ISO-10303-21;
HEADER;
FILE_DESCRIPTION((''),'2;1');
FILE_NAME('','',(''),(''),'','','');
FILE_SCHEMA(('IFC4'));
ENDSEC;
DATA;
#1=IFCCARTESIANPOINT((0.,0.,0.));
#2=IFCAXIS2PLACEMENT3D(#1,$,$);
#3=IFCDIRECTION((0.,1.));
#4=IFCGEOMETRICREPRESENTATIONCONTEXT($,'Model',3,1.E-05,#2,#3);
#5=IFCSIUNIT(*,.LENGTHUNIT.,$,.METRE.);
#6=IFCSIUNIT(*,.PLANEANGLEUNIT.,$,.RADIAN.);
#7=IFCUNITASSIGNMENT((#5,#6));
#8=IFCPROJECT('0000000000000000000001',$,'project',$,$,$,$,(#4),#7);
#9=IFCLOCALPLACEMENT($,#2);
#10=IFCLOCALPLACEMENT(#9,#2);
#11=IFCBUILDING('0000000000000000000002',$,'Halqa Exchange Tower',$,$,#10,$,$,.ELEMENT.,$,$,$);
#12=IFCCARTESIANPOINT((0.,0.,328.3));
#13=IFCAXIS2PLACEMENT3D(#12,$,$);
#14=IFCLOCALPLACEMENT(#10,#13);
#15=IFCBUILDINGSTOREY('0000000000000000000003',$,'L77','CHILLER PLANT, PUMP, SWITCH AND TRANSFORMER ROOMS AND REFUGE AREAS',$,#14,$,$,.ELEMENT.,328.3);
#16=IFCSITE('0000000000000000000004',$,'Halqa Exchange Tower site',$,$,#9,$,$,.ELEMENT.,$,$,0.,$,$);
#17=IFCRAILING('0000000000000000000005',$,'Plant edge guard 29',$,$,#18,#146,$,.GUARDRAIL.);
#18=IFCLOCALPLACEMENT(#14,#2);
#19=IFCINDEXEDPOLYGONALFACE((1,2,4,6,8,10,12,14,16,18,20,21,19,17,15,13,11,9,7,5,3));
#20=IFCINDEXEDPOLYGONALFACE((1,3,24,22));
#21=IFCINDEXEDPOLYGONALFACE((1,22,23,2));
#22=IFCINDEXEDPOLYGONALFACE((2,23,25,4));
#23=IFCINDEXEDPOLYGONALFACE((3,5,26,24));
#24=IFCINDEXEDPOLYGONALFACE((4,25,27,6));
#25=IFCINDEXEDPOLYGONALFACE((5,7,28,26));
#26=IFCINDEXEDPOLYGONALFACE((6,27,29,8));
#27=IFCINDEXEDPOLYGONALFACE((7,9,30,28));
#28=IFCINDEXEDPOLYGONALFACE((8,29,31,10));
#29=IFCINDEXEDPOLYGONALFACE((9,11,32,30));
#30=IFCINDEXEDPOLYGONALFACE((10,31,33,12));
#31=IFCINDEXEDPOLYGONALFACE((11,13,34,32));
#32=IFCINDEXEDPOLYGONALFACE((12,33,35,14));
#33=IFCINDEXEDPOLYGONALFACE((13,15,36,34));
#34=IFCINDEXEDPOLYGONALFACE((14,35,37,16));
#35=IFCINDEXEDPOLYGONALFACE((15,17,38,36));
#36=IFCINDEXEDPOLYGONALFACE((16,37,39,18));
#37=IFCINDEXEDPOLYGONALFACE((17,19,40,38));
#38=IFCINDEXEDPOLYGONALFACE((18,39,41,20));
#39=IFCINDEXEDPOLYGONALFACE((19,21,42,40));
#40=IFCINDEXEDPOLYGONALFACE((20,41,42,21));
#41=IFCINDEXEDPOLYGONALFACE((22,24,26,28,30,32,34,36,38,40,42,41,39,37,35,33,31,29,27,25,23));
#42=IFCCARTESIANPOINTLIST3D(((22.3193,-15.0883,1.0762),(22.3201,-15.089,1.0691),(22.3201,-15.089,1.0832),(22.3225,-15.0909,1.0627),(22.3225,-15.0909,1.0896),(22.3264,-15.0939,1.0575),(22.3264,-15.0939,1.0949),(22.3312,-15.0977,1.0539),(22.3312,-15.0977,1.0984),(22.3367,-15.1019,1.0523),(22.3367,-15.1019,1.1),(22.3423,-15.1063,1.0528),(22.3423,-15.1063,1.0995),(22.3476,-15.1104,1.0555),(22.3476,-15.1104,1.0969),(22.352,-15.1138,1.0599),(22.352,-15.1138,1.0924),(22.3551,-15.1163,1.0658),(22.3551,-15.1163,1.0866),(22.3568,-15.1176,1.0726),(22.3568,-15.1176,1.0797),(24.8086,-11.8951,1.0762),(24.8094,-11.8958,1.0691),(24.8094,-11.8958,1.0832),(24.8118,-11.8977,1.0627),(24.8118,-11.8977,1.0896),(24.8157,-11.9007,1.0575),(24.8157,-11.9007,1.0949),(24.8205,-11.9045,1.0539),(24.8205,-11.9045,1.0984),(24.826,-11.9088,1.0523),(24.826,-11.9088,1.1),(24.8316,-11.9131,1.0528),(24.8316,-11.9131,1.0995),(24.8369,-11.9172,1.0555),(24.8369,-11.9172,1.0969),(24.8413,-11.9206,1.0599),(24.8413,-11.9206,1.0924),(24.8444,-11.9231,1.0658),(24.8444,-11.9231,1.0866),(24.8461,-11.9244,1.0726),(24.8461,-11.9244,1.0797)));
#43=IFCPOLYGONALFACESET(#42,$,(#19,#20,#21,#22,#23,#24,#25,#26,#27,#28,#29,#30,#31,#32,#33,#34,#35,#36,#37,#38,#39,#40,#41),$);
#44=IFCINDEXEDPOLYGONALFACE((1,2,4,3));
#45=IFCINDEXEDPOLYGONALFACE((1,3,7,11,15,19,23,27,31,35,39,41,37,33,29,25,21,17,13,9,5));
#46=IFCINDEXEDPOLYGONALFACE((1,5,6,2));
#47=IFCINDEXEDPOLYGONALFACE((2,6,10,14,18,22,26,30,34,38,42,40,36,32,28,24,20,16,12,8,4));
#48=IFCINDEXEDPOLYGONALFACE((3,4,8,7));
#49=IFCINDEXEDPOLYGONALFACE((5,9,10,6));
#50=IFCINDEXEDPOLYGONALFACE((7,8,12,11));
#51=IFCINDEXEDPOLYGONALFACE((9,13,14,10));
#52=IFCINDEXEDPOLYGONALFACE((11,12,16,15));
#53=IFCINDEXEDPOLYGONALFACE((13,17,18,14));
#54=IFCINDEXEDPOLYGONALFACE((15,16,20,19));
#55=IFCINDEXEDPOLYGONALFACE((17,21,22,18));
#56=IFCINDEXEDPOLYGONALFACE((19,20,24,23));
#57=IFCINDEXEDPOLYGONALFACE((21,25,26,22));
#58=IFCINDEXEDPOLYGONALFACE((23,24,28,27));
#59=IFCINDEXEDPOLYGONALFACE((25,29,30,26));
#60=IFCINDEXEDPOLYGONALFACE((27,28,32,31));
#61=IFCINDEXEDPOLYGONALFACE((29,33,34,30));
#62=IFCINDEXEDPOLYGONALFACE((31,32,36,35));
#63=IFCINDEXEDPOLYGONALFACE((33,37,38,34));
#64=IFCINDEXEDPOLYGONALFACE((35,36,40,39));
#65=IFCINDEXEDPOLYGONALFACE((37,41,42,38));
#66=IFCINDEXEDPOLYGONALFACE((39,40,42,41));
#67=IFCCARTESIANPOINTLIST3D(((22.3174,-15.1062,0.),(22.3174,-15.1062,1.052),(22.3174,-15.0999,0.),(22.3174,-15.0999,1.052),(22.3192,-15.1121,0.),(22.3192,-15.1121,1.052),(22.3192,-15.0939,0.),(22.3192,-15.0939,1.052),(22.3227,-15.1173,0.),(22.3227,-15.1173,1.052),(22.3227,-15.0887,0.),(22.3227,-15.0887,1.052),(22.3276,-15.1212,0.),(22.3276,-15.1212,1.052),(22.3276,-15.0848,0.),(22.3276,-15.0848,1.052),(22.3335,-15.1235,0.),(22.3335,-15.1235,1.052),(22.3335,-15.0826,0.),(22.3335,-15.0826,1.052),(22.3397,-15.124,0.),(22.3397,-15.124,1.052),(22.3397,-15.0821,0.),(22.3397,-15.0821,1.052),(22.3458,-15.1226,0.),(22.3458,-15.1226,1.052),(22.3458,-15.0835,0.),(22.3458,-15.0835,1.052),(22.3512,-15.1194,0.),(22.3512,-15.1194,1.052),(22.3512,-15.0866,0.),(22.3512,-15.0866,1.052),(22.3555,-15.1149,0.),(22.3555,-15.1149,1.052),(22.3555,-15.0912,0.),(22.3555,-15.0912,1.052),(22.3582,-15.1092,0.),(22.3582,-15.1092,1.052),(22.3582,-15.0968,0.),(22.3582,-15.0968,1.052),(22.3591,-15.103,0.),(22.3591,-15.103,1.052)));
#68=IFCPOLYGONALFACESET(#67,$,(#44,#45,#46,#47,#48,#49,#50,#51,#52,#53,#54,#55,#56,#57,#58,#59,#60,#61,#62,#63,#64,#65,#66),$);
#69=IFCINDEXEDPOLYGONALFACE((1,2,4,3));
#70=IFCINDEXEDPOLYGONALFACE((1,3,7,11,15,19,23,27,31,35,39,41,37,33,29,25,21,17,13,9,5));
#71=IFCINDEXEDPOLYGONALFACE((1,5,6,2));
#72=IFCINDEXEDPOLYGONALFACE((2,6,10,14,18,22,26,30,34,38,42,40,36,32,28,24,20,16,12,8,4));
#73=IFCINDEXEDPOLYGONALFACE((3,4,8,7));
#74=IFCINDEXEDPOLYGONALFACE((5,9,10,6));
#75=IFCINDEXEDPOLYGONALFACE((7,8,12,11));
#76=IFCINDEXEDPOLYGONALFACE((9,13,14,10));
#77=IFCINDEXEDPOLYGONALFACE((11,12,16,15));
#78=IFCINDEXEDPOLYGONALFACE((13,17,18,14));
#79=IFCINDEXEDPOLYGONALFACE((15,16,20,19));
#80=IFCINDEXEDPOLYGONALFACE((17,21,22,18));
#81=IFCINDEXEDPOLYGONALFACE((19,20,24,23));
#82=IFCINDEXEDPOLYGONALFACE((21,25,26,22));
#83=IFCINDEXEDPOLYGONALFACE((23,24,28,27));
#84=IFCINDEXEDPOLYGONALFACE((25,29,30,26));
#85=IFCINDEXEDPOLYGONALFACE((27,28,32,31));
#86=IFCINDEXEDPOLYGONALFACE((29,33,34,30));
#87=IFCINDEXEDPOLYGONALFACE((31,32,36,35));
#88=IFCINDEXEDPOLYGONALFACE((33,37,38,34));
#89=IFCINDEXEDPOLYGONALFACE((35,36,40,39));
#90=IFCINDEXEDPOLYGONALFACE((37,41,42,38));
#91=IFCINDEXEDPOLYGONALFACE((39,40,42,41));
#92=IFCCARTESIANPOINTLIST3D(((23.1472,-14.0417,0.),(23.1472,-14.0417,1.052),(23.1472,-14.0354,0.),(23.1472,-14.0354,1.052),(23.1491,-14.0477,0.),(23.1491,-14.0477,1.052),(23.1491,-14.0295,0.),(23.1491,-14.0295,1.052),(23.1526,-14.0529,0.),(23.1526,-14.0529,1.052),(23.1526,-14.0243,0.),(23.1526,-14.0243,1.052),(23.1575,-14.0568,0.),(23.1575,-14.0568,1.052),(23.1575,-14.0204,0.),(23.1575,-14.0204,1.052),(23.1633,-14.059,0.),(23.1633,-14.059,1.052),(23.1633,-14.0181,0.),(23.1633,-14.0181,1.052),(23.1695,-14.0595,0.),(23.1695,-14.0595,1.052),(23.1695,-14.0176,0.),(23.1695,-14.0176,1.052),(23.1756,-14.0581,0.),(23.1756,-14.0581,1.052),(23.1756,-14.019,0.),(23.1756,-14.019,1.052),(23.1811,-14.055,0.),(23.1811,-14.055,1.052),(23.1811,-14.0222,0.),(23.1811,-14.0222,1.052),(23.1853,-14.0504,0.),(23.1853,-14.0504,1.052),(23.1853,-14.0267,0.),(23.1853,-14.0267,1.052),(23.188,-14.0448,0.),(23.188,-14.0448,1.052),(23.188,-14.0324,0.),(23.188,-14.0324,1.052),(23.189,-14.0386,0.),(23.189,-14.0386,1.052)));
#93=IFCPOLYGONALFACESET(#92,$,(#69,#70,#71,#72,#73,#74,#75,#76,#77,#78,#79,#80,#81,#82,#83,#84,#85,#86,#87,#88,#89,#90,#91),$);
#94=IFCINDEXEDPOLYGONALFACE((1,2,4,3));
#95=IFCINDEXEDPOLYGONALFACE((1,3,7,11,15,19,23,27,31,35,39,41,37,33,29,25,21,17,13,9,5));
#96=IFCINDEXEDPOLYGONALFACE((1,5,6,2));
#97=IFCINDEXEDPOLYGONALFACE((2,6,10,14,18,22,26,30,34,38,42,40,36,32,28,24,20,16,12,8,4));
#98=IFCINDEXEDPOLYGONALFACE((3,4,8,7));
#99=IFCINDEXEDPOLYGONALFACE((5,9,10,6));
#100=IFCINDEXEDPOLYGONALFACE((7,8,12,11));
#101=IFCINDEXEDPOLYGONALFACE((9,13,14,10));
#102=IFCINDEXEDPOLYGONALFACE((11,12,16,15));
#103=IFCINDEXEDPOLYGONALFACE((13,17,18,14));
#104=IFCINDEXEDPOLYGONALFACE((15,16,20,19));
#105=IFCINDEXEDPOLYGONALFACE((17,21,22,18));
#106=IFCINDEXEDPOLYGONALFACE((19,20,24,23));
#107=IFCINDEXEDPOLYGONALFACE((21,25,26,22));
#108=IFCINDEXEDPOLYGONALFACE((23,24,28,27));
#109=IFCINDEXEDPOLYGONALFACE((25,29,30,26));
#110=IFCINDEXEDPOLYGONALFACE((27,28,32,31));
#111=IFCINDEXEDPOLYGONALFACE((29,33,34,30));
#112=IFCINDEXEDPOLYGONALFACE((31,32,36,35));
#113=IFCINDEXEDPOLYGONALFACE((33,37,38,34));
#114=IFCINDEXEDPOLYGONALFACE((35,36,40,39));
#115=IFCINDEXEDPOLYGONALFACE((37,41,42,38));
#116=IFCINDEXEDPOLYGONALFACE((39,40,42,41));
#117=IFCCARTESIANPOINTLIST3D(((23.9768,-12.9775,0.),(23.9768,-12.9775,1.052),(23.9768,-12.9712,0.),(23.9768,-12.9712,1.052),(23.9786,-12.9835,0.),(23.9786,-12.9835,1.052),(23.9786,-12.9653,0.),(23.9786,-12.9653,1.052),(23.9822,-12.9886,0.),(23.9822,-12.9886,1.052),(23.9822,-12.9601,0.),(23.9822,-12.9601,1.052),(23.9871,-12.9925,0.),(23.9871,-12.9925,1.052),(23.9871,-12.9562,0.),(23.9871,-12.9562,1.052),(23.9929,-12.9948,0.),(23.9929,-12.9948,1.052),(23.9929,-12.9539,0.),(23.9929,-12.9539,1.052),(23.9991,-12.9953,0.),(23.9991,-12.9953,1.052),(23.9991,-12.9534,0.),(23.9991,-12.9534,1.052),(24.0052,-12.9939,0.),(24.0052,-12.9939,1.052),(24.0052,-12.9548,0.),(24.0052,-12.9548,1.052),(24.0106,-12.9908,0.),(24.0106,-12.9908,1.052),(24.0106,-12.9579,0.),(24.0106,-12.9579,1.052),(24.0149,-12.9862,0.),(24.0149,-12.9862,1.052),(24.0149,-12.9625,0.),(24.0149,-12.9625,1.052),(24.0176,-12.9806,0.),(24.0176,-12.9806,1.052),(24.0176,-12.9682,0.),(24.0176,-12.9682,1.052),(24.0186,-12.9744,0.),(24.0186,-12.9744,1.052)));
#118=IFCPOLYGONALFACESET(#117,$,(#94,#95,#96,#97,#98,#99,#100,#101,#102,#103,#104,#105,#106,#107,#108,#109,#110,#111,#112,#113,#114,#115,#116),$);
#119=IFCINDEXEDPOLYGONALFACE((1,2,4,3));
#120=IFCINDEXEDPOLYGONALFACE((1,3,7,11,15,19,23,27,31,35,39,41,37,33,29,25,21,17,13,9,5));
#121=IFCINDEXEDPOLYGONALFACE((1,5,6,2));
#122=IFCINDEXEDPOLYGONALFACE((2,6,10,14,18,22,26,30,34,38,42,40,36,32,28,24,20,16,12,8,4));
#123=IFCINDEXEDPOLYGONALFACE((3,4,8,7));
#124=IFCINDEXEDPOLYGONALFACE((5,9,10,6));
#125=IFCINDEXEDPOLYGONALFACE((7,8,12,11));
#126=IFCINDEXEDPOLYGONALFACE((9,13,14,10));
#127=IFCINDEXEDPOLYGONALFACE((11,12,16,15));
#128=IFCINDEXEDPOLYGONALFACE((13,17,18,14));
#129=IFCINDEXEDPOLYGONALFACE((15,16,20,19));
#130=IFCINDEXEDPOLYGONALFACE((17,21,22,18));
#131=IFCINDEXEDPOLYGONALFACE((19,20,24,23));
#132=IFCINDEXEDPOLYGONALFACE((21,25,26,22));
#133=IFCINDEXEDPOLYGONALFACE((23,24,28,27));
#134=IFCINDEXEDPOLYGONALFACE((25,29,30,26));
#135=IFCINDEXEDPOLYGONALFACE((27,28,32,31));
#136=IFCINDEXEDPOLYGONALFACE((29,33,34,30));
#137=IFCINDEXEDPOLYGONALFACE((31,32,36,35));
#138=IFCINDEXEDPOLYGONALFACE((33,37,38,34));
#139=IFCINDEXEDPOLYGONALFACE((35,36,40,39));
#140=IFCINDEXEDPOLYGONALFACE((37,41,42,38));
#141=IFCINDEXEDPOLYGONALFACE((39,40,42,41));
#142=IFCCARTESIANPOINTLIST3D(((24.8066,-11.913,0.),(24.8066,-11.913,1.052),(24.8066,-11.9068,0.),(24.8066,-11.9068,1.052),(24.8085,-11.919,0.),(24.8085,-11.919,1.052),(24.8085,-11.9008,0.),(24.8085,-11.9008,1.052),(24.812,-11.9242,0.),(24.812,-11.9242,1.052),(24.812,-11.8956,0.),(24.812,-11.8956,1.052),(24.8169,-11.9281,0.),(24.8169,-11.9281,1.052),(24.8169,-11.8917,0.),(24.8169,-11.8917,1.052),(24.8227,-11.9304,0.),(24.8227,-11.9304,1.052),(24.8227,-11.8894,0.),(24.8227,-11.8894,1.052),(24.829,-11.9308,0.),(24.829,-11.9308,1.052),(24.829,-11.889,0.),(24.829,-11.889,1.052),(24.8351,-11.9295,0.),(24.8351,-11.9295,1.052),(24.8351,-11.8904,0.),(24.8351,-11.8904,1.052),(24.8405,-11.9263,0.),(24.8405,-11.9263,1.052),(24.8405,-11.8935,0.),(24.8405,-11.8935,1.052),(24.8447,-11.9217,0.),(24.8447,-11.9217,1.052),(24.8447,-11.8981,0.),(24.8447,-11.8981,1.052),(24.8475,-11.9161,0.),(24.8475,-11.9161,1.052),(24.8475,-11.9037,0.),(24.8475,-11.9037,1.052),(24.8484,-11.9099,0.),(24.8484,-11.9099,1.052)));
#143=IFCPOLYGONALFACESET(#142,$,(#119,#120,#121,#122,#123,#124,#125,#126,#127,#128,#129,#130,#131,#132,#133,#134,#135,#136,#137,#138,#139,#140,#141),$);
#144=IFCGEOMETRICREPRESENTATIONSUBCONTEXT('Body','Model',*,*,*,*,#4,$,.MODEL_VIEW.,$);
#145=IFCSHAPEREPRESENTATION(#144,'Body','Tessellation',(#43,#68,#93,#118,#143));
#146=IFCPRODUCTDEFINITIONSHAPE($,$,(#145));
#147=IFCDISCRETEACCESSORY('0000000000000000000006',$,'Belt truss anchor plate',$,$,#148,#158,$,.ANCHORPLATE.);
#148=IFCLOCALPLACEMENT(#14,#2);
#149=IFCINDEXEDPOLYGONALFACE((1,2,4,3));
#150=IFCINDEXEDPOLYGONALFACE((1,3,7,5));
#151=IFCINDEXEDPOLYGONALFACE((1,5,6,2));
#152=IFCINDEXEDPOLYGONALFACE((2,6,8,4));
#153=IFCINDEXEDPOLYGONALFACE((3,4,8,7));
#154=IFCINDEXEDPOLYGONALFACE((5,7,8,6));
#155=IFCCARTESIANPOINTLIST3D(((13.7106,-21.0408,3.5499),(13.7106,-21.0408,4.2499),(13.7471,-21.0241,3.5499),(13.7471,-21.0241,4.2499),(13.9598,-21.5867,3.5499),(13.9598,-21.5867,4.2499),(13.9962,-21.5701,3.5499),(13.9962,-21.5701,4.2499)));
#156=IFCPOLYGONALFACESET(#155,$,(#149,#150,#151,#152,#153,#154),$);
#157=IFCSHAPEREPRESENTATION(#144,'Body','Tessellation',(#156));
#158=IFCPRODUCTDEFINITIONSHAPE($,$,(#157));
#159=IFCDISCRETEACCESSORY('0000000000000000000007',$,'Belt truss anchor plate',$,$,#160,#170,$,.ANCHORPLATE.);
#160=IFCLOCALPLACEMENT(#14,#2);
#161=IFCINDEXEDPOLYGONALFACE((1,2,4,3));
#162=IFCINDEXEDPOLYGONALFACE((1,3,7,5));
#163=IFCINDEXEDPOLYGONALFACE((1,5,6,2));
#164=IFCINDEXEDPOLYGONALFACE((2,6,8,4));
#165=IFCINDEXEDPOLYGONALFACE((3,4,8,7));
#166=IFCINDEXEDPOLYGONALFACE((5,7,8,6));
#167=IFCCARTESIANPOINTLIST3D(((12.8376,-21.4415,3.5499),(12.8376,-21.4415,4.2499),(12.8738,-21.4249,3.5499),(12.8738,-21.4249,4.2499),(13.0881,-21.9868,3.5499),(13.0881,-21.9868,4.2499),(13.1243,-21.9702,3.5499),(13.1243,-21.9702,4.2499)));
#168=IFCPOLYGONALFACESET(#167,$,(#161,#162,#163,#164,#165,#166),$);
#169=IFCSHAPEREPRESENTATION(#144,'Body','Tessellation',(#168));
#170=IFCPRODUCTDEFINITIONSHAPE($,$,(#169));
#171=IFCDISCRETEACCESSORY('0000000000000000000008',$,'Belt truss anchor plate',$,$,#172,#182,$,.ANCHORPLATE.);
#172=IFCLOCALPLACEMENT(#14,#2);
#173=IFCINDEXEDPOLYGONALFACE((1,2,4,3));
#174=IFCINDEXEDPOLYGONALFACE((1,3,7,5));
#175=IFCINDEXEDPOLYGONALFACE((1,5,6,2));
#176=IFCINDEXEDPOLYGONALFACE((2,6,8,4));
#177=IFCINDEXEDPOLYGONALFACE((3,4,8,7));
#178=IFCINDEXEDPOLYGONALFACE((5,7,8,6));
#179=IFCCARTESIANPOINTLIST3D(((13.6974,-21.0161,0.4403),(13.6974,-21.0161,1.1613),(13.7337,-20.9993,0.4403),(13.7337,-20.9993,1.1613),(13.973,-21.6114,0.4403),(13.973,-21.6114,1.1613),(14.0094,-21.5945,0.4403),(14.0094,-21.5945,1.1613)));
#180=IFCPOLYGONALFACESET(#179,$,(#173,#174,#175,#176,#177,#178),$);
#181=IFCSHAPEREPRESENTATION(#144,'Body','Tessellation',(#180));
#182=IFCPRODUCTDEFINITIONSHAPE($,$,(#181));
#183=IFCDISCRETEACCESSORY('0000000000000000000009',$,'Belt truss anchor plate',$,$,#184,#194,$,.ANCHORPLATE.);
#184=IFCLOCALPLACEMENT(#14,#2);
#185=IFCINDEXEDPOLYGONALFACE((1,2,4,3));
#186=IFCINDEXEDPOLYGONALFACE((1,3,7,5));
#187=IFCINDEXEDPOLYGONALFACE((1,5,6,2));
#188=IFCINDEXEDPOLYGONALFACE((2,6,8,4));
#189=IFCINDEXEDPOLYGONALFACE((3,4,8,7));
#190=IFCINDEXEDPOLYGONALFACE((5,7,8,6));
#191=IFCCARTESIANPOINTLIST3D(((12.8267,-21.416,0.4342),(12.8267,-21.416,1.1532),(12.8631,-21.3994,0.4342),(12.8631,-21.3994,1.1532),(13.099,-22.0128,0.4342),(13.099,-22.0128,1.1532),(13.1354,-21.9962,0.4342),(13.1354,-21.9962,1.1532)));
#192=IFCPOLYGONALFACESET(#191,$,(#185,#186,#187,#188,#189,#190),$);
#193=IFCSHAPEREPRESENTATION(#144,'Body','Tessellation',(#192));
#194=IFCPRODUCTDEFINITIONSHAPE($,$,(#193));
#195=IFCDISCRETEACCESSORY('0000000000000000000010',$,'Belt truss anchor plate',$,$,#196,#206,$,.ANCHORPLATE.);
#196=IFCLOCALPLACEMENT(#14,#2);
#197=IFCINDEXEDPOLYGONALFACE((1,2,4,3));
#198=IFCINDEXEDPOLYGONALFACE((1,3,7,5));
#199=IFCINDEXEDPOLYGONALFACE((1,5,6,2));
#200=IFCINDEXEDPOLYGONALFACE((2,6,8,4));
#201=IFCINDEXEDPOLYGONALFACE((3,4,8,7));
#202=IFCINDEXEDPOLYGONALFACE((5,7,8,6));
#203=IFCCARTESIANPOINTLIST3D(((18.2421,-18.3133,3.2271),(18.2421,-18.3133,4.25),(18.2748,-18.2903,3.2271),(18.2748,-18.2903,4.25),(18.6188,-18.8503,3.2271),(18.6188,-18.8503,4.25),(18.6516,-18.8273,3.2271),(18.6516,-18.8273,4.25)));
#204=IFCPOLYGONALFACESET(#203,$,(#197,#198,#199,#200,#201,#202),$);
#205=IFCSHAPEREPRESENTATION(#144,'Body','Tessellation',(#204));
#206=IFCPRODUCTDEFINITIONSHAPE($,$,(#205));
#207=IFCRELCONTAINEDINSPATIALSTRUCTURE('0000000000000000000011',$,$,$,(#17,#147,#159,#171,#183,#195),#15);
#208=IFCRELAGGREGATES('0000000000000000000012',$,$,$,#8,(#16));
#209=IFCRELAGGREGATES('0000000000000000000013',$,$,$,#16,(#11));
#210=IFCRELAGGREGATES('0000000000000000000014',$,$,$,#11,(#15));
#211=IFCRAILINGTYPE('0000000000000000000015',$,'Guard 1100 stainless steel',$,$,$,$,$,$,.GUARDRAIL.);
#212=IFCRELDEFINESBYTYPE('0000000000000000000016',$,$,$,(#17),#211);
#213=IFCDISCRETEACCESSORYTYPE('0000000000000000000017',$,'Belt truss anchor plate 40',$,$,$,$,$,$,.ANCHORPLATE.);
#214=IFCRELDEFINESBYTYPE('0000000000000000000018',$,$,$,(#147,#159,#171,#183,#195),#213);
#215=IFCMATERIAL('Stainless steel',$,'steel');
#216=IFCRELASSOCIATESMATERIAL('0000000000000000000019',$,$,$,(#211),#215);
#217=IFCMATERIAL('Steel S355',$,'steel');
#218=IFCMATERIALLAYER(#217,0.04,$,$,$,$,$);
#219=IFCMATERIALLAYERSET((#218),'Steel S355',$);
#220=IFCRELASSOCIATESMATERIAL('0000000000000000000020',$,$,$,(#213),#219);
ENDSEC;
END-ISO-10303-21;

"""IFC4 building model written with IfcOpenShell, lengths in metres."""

from ifc_helpers import new_model, si_unit, direction, frame, origin, origin_2d, place, context, subcontext, project, spatial, rectangle, circle, extrude, material, layer, layer_set, type_object, element, save


model = new_model("IFC4")

# Units and contexts
model_context = context("Model", 3, precision=1e-05, world=origin(), true_north=direction((0.0, 1.0)))
body_context = subcontext(model_context, "Body", "Model", "MODEL_VIEW")
ifc_project = project(units=[si_unit("LENGTHUNIT", "METRE"), si_unit("PLANEANGLEUNIT", "RADIAN")], contexts=[model_context])

# Site, building, storey
site_placement = place(None, origin())
site = spatial("IfcSite", under=ifc_project, at=site_placement, Name="Halqa Exchange Tower site", CompositionType="ELEMENT", RefElevation=0.0)
building_placement = place(site_placement, origin())
building = spatial("IfcBuilding", under=site, at=building_placement, Name="Halqa Exchange Tower", CompositionType="ELEMENT")
storey_placement = place(building_placement, frame((0.0, 0.0, 328.3)))
storey = spatial("IfcBuildingStorey", under=building, at=storey_placement, Name="L77", Description="CHILLER PLANT, PUMP, SWITCH AND TRANSFORMER ROOMS AND REFUGE AREAS", CompositionType="ELEMENT", Elevation=328.3)

# Shared definitions
ifc_material_1 = material(Name="Steel S355", Category="steel")

# Railing
ifc_material_2 = material(Name="Stainless steel", Category="steel")
railing_type = type_object("IfcRailingType", Name="Guard 1100 stainless steel", PredefinedType="GUARDRAIL", material=ifc_material_2)
railing_1_placement = place(storey_placement, frame((22.3381, -15.103, 0.0)))
element("IfcRailing", 1, at=railing_1_placement, inside=storey, type_object=railing_type, Name="Plant edge guard 29", PredefinedType="GUARDRAIL", context=body_context, shape_type="SweptSolid", body=[
    extrude(circle(Radius=0.0239, at=origin_2d()), frame((0.0, 0.0, 1.0762), z_axis=(0.614821, 0.788667, 0.0), x_axis=(-0.788667, 0.614821, 0.0)), (0.0, 0.0, 1.0), 4.0488),
    extrude(circle(Radius=0.021, at=origin_2d()), origin(), (0.0, 0.0, 1.0), 1.052),
    extrude(circle(Radius=0.021, at=origin_2d()), frame((0.8298, 1.0645, 0.0)), (0.0, 0.0, 1.0), 1.052),
    extrude(circle(Radius=0.021, at=origin_2d()), frame((1.6594, 2.1287, 0.0)), (0.0, 0.0, 1.0), 1.052),
    extrude(circle(Radius=0.021, at=origin_2d()), frame((2.4893, 3.1931, 0.0)), (0.0, 0.0, 1.0), 1.052),
])

# Discrete accessories
ifc_layer_1 = layer(ifc_material_1, 0.04)
ifc_layer_set_1 = layer_set([ifc_layer_1], Name="Steel S355")
discrete_accessory_type = type_object("IfcDiscreteAccessoryType", Name="Belt truss anchor plate 40", PredefinedType="ANCHORPLATE", material=ifc_layer_set_1)
discrete_accessory_1_placement = place(storey_placement, frame((13.8352, -21.3137, 3.8999), z_axis=(0.909738, 0.415183, 0.0), x_axis=(-0.415183, 0.909738, 0.0)))
element("IfcDiscreteAccessory", 2, at=discrete_accessory_1_placement, inside=storey, type_object=discrete_accessory_type, Name="Belt truss anchor plate", PredefinedType="ANCHORPLATE", context=body_context, shape_type="SweptSolid", body=[
    extrude(rectangle(XDim=0.6001, YDim=0.7, at=origin_2d()), origin(), (0.0, 0.0, 1.0), 0.04),
])
discrete_accessory_2_placement = place(storey_placement, frame((12.999, -21.6975, 3.8999), z_axis=(-0.908677, -0.4175, 0.0), x_axis=(0.4175, -0.908677, 0.0)))
element("IfcDiscreteAccessory", 3, at=discrete_accessory_2_placement, inside=storey, type_object=discrete_accessory_type, Name="Belt truss anchor plate", PredefinedType="ANCHORPLATE", context=body_context, shape_type="SweptSolid", body=[
    extrude(rectangle(XDim=0.6001, YDim=0.7, at=origin_2d()), origin(), (0.0, 0.0, 1.0), 0.0398),
])
discrete_accessory_3_placement = place(storey_placement, frame((13.8352, -21.3137, 0.8008), z_axis=(0.907424, 0.420216, 0.0), x_axis=(-0.420216, 0.907424, 0.0)))
element("IfcDiscreteAccessory", 4, at=discrete_accessory_3_placement, inside=storey, type_object=discrete_accessory_type, Name="Belt truss anchor plate", PredefinedType="ANCHORPLATE", context=body_context, shape_type="SweptSolid", body=[
    extrude(rectangle(XDim=0.656, YDim=0.7209, at=origin_2d()), origin(), (0.0, 0.0, 1.0), 0.04),
])
discrete_accessory_4_placement = place(storey_placement, frame((12.9993, -21.6978, 0.7937), z_axis=(-0.909738, -0.415183, 0.0), x_axis=(0.415183, -0.909738, 0.0)))
element("IfcDiscreteAccessory", 5, at=discrete_accessory_4_placement, inside=storey, type_object=discrete_accessory_type, Name="Belt truss anchor plate", PredefinedType="ANCHORPLATE", context=body_context, shape_type="SweptSolid", body=[
    extrude(rectangle(XDim=0.656, YDim=0.719, at=origin_2d()), origin(), (0.0, 0.0, 1.0), 0.04),
])
discrete_accessory_5_placement = place(storey_placement, frame((18.4304, -18.5818, 3.7385), z_axis=(0.818657, 0.574282, 0.0), x_axis=(-0.574282, 0.818657, 0.0)))
element("IfcDiscreteAccessory", 6, at=discrete_accessory_5_placement, inside=storey, type_object=discrete_accessory_type, Name="Belt truss anchor plate", PredefinedType="ANCHORPLATE", context=body_context, shape_type="SweptSolid", body=[
    extrude(rectangle(XDim=0.656, YDim=1.0229, at=origin_2d()), origin(), (0.0, 0.0, 1.0), 0.04),
])

save(model, "model.ifc")
